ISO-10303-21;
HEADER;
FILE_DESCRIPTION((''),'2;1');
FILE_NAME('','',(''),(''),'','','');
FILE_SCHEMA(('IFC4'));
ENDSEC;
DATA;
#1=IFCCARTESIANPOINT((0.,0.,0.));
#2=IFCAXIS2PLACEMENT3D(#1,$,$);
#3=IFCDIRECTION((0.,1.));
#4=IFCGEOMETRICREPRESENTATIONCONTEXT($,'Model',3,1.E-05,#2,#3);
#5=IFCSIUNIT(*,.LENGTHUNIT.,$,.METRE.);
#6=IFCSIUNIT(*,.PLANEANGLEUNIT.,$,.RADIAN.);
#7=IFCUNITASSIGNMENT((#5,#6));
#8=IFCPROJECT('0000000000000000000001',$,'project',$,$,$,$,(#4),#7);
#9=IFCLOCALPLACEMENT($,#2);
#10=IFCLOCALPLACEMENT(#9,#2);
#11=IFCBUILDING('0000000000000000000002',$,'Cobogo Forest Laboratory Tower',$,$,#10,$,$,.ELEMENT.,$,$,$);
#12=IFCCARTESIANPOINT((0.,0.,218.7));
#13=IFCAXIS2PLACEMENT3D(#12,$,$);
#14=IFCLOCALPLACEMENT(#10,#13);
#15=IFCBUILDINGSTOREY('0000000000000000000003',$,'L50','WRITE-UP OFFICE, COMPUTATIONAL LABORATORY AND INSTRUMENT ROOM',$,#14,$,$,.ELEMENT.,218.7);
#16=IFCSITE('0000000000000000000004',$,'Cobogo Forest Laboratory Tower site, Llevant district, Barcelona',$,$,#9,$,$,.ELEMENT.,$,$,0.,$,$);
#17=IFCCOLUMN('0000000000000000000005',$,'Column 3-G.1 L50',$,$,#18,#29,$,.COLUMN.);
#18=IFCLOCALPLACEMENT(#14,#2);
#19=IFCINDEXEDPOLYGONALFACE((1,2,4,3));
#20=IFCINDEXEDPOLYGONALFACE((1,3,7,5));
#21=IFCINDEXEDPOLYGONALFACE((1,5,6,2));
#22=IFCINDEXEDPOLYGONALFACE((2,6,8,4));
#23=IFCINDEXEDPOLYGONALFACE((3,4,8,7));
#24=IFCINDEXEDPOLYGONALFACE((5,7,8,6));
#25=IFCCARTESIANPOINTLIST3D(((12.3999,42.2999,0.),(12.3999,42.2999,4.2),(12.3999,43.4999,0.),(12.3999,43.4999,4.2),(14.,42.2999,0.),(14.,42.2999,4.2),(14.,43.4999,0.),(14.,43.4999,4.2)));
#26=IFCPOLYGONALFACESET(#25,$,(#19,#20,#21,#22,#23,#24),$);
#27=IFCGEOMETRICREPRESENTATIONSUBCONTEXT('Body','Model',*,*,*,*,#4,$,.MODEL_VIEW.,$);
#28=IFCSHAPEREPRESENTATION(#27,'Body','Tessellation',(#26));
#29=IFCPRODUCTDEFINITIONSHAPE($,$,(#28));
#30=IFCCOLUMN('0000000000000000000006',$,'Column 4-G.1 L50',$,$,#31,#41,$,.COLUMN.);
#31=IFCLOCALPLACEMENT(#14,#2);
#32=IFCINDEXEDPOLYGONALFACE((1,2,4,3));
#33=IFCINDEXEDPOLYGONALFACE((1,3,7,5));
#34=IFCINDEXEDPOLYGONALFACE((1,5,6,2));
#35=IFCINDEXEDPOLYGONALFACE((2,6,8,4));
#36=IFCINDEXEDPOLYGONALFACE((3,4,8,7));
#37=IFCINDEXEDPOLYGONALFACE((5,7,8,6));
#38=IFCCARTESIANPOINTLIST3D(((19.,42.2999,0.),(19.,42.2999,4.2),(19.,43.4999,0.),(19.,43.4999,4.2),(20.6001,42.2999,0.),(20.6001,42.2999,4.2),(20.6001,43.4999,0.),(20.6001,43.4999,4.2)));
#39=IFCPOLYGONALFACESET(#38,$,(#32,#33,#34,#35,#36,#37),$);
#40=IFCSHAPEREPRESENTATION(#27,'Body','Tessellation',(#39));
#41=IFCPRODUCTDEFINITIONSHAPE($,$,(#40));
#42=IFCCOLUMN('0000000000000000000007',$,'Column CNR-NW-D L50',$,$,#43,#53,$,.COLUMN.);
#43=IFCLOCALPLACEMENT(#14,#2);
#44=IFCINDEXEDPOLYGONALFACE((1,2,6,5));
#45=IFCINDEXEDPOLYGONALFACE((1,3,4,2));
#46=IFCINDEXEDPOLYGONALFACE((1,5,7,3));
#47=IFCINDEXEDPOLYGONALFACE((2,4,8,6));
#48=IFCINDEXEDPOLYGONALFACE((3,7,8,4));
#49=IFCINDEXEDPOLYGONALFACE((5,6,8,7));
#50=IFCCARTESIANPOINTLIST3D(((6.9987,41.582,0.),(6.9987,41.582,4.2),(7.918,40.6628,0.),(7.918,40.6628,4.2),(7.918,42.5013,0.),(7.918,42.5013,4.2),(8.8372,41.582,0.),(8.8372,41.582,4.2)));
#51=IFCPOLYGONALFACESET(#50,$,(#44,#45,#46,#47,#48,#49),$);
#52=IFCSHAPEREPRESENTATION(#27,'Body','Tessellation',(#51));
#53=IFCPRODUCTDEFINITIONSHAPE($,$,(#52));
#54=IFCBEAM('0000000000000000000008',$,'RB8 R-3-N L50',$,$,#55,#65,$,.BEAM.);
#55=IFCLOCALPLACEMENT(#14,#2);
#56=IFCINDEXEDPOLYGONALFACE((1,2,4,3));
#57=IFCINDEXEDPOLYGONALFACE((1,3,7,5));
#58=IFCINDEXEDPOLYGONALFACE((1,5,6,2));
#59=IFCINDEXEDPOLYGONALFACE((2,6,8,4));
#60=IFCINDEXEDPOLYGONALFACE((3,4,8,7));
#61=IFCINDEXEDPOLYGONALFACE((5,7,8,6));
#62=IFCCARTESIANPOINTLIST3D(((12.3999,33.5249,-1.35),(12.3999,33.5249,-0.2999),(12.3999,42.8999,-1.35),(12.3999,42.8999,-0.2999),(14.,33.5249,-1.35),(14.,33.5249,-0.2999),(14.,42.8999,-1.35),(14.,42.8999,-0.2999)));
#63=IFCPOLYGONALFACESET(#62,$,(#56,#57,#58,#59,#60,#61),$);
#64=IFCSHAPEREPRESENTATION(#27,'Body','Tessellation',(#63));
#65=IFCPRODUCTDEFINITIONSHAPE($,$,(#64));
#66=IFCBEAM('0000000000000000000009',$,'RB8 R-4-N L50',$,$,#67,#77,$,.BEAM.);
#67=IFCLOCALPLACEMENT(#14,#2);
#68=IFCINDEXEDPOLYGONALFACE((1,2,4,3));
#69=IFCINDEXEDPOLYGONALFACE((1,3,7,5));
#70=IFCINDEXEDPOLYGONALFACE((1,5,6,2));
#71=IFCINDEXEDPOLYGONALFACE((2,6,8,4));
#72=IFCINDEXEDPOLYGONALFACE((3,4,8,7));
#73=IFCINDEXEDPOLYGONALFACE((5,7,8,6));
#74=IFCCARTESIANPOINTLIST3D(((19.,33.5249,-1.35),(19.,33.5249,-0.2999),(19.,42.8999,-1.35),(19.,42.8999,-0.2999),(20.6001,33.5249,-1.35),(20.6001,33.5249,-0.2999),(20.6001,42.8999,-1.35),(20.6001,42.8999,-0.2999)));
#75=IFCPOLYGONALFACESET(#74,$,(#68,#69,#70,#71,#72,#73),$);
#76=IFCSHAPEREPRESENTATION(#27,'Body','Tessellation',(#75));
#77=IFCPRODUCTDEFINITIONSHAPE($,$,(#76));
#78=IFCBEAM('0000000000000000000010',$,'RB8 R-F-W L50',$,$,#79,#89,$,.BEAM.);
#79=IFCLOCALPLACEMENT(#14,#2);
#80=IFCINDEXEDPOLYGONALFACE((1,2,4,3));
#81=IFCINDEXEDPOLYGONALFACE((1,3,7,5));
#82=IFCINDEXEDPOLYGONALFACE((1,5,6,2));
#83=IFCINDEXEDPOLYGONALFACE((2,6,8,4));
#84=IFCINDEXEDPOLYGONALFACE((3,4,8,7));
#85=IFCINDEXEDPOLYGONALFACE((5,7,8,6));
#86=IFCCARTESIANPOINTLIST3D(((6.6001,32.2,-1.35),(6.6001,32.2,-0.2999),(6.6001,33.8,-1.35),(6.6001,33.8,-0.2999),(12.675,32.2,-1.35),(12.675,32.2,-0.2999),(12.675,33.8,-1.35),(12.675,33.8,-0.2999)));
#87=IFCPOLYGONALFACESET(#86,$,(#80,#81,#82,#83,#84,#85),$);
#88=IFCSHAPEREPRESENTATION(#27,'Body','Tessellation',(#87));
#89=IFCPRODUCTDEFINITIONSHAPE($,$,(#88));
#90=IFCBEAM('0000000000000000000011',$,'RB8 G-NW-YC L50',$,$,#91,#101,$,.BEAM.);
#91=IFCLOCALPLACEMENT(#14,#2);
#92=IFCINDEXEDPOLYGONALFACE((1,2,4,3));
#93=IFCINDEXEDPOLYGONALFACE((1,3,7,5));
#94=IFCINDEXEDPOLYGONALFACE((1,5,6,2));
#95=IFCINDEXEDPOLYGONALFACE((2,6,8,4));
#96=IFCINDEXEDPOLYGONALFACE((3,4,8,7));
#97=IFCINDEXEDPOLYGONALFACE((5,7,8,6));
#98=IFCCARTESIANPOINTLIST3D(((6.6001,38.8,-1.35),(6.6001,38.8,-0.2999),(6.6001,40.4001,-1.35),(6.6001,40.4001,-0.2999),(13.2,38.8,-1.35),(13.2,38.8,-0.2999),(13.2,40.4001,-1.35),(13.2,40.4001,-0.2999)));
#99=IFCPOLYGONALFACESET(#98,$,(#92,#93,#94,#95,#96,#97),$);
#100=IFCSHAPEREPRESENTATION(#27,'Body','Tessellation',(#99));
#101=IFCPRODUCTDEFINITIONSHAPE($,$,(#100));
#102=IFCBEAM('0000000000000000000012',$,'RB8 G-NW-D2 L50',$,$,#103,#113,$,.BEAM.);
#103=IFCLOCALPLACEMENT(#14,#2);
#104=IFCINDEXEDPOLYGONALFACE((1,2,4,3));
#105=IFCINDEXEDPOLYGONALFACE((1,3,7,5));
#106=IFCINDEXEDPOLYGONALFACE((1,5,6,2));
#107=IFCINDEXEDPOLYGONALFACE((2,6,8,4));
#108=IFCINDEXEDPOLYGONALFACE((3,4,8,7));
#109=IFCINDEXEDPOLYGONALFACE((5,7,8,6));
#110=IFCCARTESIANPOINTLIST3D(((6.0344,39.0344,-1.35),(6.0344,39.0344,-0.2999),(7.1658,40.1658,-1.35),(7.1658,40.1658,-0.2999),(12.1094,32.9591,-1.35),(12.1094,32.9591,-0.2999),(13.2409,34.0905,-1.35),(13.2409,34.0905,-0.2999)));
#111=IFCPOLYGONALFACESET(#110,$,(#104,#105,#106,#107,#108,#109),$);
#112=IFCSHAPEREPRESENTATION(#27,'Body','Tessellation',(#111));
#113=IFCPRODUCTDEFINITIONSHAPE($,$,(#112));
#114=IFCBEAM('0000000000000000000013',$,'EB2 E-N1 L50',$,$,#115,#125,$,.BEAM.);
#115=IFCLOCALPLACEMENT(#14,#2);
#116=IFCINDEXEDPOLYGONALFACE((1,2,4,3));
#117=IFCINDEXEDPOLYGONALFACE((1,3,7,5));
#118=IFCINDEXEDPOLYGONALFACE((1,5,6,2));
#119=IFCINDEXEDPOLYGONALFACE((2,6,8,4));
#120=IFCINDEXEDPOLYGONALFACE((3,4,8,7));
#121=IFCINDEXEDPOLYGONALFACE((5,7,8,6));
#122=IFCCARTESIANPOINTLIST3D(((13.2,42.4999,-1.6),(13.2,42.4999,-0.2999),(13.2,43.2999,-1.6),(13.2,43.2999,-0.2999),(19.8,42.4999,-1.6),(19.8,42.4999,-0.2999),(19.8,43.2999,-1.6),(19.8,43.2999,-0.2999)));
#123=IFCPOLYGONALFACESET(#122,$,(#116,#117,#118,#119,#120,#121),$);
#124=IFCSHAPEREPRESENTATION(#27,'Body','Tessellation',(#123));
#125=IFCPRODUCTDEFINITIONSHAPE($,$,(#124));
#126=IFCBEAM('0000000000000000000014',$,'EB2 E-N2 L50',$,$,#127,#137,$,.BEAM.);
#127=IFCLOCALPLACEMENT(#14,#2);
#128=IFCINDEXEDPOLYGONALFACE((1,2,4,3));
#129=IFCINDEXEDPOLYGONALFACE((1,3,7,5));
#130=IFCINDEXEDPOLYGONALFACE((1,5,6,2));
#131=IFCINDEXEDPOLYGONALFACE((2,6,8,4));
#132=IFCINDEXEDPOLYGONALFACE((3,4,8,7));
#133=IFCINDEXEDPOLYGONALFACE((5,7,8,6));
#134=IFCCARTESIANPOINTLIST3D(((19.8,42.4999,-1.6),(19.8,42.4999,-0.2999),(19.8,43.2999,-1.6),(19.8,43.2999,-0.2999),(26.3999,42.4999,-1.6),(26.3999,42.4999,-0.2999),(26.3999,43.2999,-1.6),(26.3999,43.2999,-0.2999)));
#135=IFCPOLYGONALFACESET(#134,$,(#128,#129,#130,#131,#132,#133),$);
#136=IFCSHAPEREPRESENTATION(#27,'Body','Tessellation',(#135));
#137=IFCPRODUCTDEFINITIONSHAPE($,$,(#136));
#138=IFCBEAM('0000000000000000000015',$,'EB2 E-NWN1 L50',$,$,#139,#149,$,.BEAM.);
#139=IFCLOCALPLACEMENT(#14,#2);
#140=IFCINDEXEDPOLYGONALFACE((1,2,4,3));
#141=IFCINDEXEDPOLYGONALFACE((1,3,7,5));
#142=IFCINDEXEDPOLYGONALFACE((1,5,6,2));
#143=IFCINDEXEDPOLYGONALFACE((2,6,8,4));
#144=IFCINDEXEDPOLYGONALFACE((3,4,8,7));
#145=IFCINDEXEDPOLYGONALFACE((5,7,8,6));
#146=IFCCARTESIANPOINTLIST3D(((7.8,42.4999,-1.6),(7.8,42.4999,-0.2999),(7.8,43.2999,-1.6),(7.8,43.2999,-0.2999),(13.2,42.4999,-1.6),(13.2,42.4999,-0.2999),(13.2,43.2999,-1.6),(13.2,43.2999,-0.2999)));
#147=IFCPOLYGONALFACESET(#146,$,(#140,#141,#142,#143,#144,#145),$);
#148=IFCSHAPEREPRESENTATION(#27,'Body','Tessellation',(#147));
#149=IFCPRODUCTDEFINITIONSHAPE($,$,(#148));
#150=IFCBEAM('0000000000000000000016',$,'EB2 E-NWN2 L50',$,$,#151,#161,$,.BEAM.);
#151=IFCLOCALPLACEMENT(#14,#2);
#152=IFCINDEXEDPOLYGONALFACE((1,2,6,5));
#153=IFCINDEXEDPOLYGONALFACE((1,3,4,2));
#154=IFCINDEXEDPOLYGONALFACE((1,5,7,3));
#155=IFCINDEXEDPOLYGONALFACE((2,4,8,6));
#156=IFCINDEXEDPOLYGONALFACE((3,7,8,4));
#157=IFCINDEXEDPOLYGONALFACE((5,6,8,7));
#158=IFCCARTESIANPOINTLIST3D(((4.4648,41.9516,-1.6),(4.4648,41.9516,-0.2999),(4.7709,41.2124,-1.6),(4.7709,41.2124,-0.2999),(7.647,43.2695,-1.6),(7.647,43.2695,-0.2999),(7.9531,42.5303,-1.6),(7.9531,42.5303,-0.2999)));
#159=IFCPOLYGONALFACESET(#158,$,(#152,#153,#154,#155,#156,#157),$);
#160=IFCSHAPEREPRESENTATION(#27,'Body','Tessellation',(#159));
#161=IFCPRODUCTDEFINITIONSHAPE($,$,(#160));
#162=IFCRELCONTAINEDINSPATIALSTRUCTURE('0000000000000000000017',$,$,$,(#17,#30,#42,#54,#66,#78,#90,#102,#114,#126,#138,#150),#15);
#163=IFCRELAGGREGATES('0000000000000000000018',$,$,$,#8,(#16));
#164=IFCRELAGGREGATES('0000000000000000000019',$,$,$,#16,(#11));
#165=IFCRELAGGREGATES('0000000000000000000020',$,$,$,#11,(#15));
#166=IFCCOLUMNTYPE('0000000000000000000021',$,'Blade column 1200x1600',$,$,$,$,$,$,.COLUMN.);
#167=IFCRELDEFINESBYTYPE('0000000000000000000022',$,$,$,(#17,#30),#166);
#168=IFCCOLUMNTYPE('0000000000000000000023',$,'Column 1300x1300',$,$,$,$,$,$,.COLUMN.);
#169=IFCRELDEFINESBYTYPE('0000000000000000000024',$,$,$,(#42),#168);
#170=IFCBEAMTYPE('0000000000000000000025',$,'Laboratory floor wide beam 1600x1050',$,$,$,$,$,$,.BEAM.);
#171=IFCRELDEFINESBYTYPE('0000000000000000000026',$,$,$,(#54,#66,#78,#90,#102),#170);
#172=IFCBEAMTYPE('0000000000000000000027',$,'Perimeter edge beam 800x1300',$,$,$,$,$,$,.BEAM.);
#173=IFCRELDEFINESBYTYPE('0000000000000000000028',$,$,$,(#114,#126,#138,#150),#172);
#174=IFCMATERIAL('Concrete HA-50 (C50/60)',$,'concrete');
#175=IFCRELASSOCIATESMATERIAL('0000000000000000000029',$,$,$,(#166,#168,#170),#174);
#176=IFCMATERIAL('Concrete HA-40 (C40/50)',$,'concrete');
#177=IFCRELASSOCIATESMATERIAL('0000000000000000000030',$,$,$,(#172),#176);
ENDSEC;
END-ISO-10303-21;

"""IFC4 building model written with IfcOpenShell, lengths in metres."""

from ifc_helpers import new_model, si_unit, direction, frame, origin, origin_2d, place, context, subcontext, project, spatial, rectangle, extrude, material, material_profile, profile_set, type_object, element, save


model = new_model("IFC4")

# Units and contexts
model_context = context("Model", 3, precision=1e-05, world=origin(), true_north=direction((0.0, 1.0)))
body_context = subcontext(model_context, "Body", "Model", "MODEL_VIEW")
ifc_project = project(units=[si_unit("LENGTHUNIT", "METRE"), si_unit("PLANEANGLEUNIT", "RADIAN")], contexts=[model_context])

# Site, building, storey
site_placement = place(None, origin())
site = spatial("IfcSite", under=ifc_project, at=site_placement, Name="Cobogo Forest Laboratory Tower site, Llevant district, Barcelona", CompositionType="ELEMENT", RefElevation=0.0)
building_placement = place(site_placement, origin())
building = spatial("IfcBuilding", under=site, at=building_placement, Name="Cobogo Forest Laboratory Tower", CompositionType="ELEMENT")
storey_placement = place(building_placement, frame((0.0, 0.0, 218.7)))
storey = spatial("IfcBuildingStorey", under=building, at=storey_placement, Name="L50", Description="WRITE-UP OFFICE, COMPUTATIONAL LABORATORY AND INSTRUMENT ROOM", CompositionType="ELEMENT", Elevation=218.7)

# Columns
ifc_material_1 = material(Name="Concrete HA-50 (C50/60)", Category="concrete")
ifc_material_profile_1 = material_profile(ifc_material_1, rectangle(XDim=1.6001, YDim=1.2, at=origin_2d()), Name="RC 1200x1600")
ifc_profile_set_1 = profile_set([ifc_material_profile_1], Name="Concrete HA-50 (C50/60)")
column_type_1 = type_object("IfcColumnType", Name="Blade column 1200x1600", PredefinedType="COLUMN", material=ifc_profile_set_1)
for number, where, z_axis, x_axis, name in (
    (1, (13.2, 42.8999, 0.0), (0.0, 0.0, 1.0), (1.0, 0.0, 0.0), "Column 3-G.1 L50"),
    (2, (19.8, 42.8999, 0.0), (0.0, 0.0, 1.0), (1.0, 0.0, 0.0), "Column 4-G.1 L50"),
):
    element("IfcColumn", number, at=place(storey_placement, frame(where, z_axis=z_axis, x_axis=x_axis)), inside=storey, type_object=column_type_1, Name=name, PredefinedType="COLUMN", context=body_context, shape_type="SweptSolid", body=[
        extrude(rectangle(XDim=1.6001, YDim=1.2, at=origin_2d()), origin(), (0.0, 0.0, 1.0), 4.2),
    ])
ifc_material_profile_2 = material_profile(ifc_material_1, rectangle(XDim=1.3, YDim=1.3, at=origin_2d()), Name="RC 1300x1300")
ifc_profile_set_2 = profile_set([ifc_material_profile_2], Name="Concrete HA-50 (C50/60)")
column_type_2 = type_object("IfcColumnType", Name="Column 1300x1300", PredefinedType="COLUMN", material=ifc_profile_set_2)
column_placement = place(storey_placement, frame((7.918, 41.582, 0.0), z_axis=(0.0, 0.0, 1.0), x_axis=(0.707107, 0.707107, 0.0)))
element("IfcColumn", 3, at=column_placement, inside=storey, type_object=column_type_2, Name="Column CNR-NW-D L50", PredefinedType="COLUMN", context=body_context, shape_type="SweptSolid", body=[
    extrude(rectangle(XDim=1.3, YDim=1.3, at=origin_2d()), origin(), (0.0, 0.0, 1.0), 4.2),
])

# Beams
ifc_material_profile_3 = material_profile(ifc_material_1, rectangle(XDim=1.6001, YDim=1.05, at=origin_2d()), Name="RC 1600x1050")
ifc_profile_set_3 = profile_set([ifc_material_profile_3], Name="Concrete HA-50 (C50/60)")
beam_type_1 = type_object("IfcBeamType", Name="Laboratory floor wide beam 1600x1050", PredefinedType="BEAM", material=ifc_profile_set_3)
for number, where, z_axis, x_axis, name in (
    (4, (13.2, 33.5249, -0.825), (0.0, 1.0, 0.0), (-1.0, 0.0, 0.0), "RB8 R-3-N L50"),
    (5, (19.8, 33.5249, -0.825), (0.0, 1.0, 0.0), (-1.0, 0.0, 0.0), "RB8 R-4-N L50"),
):
    element("IfcBeam", number, at=place(storey_placement, frame(where, z_axis=z_axis, x_axis=x_axis)), inside=storey, type_object=beam_type_1, Name=name, PredefinedType="BEAM", context=body_context, shape_type="SweptSolid", body=[
        extrude(rectangle(XDim=1.6001, YDim=1.05, at=origin_2d()), origin(), (0.0, 0.0, 1.0), 9.375),
    ])
beam_1_placement = place(storey_placement, frame((12.675, 33.0, -0.825), z_axis=(-1.0, 0.0, 0.0), x_axis=(0.0, -1.0, 0.0)))
element("IfcBeam", 6, at=beam_1_placement, inside=storey, type_object=beam_type_1, Name="RB8 R-F-W L50", PredefinedType="BEAM", context=body_context, shape_type="SweptSolid", body=[
    extrude(rectangle(XDim=1.6001, YDim=1.05, at=origin_2d()), origin(), (0.0, 0.0, 1.0), 6.075),
])
beam_2_placement = place(storey_placement, frame((6.6001, 39.6001, -0.825), z_axis=(1.0, 0.0, 0.0), x_axis=(0.0, 1.0, 0.0)))
element("IfcBeam", 7, at=beam_2_placement, inside=storey, type_object=beam_type_1, Name="RB8 G-NW-YC L50", PredefinedType="BEAM", context=body_context, shape_type="SweptSolid", body=[
    extrude(rectangle(XDim=1.6001, YDim=1.05, at=origin_2d()), origin(), (0.0, 0.0, 1.0), 6.5999),
])
beam_3_placement = place(storey_placement, frame((6.6001, 39.6001, -0.825), z_axis=(0.707093, -0.707121, 0.0), x_axis=(0.707121, 0.707093, 0.0)))
element("IfcBeam", 8, at=beam_3_placement, inside=storey, type_object=beam_type_1, Name="RB8 G-NW-D2 L50", PredefinedType="BEAM", context=body_context, shape_type="SweptSolid", body=[
    extrude(rectangle(XDim=1.6001, YDim=1.05, at=origin_2d()), origin(), (0.0, 0.0, 1.0), 8.5916),
])
ifc_material_2 = material(Name="Concrete HA-40 (C40/50)", Category="concrete")
ifc_material_profile_4 = material_profile(ifc_material_2, rectangle(XDim=0.8, YDim=1.3, at=origin_2d()), Name="RC 800x1300")
ifc_profile_set_4 = profile_set([ifc_material_profile_4], Name="Concrete HA-40 (C40/50)")
beam_type_2 = type_object("IfcBeamType", Name="Perimeter edge beam 800x1300", PredefinedType="BEAM", material=ifc_profile_set_4)
beam_4_placement = place(storey_placement, frame((13.2, 42.8999, -0.95), z_axis=(1.0, 0.0, 0.0), x_axis=(0.0, 1.0, 0.0)))
element("IfcBeam", 9, at=beam_4_placement, inside=storey, type_object=beam_type_2, Name="EB2 E-N1 L50", PredefinedType="BEAM", context=body_context, shape_type="SweptSolid", body=[
    extrude(rectangle(XDim=0.8, YDim=1.3, at=origin_2d()), origin(), (0.0, 0.0, 1.0), 6.6001),
])
beam_5_placement = place(storey_placement, frame((19.8, 42.8999, -0.95), z_axis=(1.0, 0.0, 0.0), x_axis=(0.0, 1.0, 0.0)))
element("IfcBeam", 10, at=beam_5_placement, inside=storey, type_object=beam_type_2, Name="EB2 E-N2 L50", PredefinedType="BEAM", context=body_context, shape_type="SweptSolid", body=[
    extrude(rectangle(XDim=0.8, YDim=1.3, at=origin_2d()), origin(), (0.0, 0.0, 1.0), 6.5999),
])
beam_6_placement = place(storey_placement, frame((13.2, 42.8999, -0.95), z_axis=(-1.0, 0.0, 0.0), x_axis=(0.0, -1.0, 0.0)))
element("IfcBeam", 11, at=beam_6_placement, inside=storey, type_object=beam_type_2, Name="EB2 E-NWN1 L50", PredefinedType="BEAM", context=body_context, shape_type="SweptSolid", body=[
    extrude(rectangle(XDim=0.8, YDim=1.3, at=origin_2d()), origin(), (0.0, 0.0, 1.0), 5.3999),
])
beam_7_placement = place(storey_placement, frame((7.8, 42.8999, -0.95), z_axis=(-0.923901, -0.382631, 0.0), x_axis=(0.382631, -0.923901, 0.0)))
element("IfcBeam", 12, at=beam_7_placement, inside=storey, type_object=beam_type_2, Name="EB2 E-NWN2 L50", PredefinedType="BEAM", context=body_context, shape_type="SweptSolid", body=[
    extrude(rectangle(XDim=0.8, YDim=1.3, at=origin_2d()), origin(), (0.0, 0.0, 1.0), 3.4443),
])

save(model, "model.ifc")
